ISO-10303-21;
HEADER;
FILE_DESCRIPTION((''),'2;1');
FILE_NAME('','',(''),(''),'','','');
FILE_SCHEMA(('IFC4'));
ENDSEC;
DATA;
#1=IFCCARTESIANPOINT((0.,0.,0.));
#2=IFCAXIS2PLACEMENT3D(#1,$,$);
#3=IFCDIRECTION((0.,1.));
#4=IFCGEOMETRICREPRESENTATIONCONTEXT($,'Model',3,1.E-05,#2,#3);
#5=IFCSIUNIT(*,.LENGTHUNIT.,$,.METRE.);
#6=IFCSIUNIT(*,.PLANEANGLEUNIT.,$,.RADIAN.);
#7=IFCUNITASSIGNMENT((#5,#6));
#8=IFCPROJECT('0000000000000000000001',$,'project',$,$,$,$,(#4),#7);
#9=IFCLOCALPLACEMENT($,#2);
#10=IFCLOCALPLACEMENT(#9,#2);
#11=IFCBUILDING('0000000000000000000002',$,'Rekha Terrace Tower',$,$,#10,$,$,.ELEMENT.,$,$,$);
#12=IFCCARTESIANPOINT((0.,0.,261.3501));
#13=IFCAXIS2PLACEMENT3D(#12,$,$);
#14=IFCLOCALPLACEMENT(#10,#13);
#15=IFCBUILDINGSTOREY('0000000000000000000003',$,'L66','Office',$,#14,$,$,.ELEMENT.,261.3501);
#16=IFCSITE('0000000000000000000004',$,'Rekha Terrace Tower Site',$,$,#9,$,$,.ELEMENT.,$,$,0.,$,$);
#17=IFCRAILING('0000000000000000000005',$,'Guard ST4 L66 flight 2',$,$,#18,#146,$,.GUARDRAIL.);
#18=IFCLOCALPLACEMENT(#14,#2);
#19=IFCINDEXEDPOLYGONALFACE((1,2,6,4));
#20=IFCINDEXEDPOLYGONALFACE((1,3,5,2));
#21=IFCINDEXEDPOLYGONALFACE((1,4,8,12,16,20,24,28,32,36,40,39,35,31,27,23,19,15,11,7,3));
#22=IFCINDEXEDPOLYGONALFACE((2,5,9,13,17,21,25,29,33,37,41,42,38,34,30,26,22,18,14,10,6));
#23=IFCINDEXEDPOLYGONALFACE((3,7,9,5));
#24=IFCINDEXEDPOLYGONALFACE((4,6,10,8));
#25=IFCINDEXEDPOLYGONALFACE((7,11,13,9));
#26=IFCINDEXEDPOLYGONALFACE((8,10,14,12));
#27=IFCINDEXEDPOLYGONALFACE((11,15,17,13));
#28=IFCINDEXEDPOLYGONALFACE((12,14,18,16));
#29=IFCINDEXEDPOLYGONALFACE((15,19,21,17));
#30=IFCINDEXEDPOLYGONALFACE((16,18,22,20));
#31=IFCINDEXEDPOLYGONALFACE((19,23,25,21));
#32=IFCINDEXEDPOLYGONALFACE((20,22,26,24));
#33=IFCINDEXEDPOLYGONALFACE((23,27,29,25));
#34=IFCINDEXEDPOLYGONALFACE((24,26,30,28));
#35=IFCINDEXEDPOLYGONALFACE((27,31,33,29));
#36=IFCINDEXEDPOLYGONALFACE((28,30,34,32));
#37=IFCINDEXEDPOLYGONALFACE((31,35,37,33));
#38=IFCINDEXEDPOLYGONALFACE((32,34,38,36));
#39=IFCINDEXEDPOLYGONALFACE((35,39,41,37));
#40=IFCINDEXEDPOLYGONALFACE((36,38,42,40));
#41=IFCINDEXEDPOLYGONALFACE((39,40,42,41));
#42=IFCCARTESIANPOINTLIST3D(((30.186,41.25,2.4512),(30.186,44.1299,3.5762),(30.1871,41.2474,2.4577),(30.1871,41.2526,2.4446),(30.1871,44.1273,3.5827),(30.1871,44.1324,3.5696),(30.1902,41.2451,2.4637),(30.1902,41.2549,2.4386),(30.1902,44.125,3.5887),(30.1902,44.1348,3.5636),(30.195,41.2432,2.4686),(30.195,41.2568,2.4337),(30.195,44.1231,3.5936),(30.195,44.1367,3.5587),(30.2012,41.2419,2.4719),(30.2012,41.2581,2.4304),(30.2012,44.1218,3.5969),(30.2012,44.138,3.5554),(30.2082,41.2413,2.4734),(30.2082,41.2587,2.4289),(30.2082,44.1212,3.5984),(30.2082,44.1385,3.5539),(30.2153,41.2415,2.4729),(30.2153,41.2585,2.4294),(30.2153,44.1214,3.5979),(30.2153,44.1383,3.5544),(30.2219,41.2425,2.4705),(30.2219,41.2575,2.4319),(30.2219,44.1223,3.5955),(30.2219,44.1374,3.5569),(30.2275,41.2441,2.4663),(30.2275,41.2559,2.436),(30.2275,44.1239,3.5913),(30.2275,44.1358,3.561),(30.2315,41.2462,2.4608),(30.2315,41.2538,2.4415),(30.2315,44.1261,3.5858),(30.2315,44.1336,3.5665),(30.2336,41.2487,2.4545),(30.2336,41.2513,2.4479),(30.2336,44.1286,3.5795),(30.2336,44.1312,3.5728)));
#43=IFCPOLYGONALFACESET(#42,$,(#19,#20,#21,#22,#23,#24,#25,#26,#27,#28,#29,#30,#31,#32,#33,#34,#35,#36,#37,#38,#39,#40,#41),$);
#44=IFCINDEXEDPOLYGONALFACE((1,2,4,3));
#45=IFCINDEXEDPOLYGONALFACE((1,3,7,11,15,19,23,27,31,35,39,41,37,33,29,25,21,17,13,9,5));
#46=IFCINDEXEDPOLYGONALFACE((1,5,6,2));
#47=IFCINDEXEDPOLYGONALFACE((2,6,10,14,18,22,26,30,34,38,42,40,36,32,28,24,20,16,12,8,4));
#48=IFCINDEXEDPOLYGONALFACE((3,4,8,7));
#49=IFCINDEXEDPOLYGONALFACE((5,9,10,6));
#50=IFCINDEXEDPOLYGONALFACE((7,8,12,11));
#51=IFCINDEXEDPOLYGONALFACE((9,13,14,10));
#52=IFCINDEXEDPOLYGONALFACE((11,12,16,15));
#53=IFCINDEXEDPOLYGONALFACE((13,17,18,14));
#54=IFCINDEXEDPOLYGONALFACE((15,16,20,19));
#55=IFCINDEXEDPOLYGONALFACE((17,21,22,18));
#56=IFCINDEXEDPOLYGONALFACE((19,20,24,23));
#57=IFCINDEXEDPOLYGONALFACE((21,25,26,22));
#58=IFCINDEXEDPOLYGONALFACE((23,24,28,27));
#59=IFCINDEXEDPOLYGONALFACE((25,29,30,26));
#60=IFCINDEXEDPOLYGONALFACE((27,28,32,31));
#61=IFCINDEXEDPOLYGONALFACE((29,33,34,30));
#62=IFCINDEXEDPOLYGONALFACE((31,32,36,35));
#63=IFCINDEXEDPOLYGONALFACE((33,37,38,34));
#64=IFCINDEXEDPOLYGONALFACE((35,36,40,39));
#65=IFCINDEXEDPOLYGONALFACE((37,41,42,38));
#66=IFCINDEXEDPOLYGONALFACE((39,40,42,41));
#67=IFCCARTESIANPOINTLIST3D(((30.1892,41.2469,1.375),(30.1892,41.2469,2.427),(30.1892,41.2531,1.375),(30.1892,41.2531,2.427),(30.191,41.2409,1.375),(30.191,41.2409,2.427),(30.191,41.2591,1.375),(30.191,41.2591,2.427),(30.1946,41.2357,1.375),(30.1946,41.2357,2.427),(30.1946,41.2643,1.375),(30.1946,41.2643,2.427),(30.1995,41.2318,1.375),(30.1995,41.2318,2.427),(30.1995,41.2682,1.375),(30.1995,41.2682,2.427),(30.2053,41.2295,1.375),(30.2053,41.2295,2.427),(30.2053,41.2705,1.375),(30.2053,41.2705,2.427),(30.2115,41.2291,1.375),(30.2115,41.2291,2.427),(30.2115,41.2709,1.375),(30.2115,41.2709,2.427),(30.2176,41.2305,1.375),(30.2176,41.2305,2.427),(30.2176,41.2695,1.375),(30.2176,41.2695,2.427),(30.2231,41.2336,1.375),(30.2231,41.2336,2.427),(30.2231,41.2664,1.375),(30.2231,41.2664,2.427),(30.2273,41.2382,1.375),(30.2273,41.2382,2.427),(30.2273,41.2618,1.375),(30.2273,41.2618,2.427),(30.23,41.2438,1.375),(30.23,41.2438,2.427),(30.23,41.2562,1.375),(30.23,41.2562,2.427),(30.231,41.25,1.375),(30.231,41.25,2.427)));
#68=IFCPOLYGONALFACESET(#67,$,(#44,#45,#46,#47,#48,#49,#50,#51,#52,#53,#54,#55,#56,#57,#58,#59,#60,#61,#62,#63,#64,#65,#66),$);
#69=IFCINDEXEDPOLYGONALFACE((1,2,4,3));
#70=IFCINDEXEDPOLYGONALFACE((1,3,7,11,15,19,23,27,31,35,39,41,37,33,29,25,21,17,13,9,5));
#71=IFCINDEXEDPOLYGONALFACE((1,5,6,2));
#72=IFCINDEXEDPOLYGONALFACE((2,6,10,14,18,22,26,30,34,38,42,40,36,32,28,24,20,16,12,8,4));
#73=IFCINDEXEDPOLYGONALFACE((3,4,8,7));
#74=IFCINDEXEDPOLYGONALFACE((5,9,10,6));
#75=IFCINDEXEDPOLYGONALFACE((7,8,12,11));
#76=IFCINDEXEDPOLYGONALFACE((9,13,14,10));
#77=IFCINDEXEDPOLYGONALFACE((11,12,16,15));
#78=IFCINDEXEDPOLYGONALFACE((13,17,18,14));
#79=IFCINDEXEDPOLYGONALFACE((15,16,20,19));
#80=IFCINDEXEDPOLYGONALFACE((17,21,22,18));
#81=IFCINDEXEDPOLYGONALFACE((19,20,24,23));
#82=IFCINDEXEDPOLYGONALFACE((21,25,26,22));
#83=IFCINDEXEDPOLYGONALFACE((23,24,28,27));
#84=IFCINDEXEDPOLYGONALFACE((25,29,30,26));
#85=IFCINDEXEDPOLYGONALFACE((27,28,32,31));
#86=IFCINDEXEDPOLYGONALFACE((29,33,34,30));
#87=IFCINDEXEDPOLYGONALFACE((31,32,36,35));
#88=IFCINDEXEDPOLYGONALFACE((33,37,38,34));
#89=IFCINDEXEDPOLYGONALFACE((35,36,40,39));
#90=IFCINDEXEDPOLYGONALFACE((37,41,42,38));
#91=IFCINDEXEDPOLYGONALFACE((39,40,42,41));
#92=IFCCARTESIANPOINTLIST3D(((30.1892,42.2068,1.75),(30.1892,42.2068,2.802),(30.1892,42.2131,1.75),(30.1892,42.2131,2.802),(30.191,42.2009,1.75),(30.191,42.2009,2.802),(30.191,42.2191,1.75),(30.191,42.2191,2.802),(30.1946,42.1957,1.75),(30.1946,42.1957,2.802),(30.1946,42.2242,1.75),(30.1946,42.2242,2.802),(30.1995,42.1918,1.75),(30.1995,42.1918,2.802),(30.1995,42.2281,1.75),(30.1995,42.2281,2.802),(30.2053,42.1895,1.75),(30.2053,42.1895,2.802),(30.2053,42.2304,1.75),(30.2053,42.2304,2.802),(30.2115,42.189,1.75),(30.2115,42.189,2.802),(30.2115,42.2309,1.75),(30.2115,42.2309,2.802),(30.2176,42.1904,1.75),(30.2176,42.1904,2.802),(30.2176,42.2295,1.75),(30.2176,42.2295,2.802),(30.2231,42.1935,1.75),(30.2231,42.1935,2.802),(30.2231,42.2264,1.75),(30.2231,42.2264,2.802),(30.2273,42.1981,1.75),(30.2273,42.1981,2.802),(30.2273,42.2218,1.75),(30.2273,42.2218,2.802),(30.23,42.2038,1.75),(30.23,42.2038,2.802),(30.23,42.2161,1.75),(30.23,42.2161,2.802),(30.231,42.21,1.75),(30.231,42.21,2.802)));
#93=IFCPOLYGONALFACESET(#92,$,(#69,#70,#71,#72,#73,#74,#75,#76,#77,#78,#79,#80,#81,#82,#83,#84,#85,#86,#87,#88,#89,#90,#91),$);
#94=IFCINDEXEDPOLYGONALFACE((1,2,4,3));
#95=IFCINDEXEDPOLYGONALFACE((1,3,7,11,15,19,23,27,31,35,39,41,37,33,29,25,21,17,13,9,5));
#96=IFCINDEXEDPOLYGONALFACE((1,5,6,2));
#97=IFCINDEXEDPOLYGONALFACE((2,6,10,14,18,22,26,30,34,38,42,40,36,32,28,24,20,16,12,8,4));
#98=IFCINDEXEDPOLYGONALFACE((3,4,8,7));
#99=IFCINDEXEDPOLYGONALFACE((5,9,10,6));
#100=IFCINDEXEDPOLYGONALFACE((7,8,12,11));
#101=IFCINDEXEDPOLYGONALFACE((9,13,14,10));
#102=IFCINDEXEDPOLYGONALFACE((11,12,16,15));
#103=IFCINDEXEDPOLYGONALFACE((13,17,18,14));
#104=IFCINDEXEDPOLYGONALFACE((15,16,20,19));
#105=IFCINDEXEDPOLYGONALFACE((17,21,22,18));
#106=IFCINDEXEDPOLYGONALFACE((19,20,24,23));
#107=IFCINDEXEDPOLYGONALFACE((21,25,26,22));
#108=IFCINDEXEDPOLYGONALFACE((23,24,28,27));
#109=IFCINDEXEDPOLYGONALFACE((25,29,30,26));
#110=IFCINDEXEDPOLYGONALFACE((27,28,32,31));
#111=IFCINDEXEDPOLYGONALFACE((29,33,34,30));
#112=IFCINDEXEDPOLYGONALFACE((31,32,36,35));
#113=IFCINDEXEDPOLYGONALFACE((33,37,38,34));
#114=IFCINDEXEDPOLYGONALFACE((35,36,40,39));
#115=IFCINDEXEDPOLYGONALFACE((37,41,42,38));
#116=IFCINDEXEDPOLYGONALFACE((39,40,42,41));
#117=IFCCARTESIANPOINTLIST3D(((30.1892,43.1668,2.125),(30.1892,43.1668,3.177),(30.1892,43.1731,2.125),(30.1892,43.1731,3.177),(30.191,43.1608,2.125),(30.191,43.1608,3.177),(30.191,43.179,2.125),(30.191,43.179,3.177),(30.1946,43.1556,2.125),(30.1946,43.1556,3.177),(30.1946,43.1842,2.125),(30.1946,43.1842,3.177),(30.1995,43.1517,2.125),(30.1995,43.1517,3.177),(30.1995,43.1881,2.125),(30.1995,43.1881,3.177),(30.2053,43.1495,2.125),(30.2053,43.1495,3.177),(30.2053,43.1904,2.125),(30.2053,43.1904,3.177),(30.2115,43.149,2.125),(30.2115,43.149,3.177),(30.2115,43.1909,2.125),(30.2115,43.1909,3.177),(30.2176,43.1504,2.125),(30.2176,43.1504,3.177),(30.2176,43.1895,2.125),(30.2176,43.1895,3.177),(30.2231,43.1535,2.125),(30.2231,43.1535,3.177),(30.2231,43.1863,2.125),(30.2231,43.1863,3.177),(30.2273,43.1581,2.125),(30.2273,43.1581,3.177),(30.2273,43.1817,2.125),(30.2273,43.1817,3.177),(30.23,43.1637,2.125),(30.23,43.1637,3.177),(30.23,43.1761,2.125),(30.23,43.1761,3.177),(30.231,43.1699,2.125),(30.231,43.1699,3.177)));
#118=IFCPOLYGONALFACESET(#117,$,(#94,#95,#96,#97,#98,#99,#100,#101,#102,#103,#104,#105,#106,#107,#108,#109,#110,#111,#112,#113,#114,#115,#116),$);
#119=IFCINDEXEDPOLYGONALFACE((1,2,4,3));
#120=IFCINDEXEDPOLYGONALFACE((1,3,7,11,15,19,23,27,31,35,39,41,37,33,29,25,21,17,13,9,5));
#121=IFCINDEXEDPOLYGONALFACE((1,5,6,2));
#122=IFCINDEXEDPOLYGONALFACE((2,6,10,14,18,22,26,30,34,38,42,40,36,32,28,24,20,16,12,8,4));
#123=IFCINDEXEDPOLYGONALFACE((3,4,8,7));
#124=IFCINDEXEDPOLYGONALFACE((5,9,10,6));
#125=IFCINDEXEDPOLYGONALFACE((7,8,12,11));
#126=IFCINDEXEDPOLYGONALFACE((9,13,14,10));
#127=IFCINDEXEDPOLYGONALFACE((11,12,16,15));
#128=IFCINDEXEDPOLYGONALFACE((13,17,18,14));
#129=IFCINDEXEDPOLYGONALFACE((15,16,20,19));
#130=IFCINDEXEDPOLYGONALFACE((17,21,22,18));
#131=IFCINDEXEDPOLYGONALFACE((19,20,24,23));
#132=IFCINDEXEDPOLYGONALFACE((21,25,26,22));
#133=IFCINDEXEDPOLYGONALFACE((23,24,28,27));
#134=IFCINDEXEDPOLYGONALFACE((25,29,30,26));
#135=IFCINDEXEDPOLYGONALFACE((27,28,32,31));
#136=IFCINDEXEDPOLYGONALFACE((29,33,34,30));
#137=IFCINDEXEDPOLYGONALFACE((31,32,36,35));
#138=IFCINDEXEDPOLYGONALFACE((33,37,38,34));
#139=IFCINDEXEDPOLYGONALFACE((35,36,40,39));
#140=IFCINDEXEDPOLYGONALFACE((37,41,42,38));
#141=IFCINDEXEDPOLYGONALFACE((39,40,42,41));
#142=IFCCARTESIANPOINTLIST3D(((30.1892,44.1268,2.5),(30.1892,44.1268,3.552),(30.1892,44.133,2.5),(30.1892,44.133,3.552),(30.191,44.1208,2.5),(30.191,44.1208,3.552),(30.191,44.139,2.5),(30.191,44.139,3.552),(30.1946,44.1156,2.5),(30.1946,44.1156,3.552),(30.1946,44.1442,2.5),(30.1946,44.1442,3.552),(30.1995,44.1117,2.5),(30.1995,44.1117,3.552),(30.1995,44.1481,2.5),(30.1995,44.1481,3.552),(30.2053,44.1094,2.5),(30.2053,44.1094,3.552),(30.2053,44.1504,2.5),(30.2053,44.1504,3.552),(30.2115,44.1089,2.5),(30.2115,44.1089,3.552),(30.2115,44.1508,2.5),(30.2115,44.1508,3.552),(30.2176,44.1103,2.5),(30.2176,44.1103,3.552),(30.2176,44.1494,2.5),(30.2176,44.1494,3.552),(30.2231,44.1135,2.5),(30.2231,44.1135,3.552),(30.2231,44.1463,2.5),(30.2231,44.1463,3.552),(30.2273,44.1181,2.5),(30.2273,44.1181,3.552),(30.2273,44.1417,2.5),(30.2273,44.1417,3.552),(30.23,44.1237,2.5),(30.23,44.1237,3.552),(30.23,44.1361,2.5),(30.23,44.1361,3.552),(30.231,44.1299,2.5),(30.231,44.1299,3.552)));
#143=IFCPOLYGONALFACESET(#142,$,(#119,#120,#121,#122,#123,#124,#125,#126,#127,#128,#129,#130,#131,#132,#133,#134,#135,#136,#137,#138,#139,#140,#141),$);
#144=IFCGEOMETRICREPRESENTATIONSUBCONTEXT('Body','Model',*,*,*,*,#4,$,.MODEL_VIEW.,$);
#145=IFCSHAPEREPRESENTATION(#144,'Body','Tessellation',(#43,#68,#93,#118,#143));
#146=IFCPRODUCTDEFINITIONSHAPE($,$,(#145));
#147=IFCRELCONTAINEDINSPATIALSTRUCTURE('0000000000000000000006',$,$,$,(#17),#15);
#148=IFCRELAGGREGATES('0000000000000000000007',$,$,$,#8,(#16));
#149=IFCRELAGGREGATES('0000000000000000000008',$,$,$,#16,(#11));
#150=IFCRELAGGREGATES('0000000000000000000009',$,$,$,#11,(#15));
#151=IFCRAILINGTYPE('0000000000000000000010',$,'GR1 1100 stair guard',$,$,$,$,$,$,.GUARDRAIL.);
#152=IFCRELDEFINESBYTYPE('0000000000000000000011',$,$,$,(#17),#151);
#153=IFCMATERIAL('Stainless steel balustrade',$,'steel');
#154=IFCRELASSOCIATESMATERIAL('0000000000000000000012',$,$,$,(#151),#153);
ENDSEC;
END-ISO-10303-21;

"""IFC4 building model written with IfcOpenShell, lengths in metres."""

from ifc_helpers import new_model, si_unit, direction, frame, origin, origin_2d, place, context, subcontext, project, spatial, circle, extrude, material, type_object, element, save


model = new_model("IFC4")

# Units and contexts
model_context = context("Model", 3, precision=1e-05, world=origin(), true_north=direction((0.0, 1.0)))
body_context = subcontext(model_context, "Body", "Model", "MODEL_VIEW")
ifc_project = project(units=[si_unit("LENGTHUNIT", "METRE"), si_unit("PLANEANGLEUNIT", "RADIAN")], contexts=[model_context])

# Site, building, storey
site_placement = place(None, origin())
site = spatial("IfcSite", under=ifc_project, at=site_placement, Name="Rekha Terrace Tower Site", CompositionType="ELEMENT", RefElevation=0.0)
building_placement = place(site_placement, origin())
building = spatial("IfcBuilding", under=site, at=building_placement, Name="Rekha Terrace Tower", CompositionType="ELEMENT")
storey_placement = place(building_placement, frame((0.0, 0.0, 261.3501)))
storey = spatial("IfcBuildingStorey", under=building, at=storey_placement, Name="L66", Description="Office", CompositionType="ELEMENT", Elevation=261.3501)

# Railing
ifc_material_1 = material(Name="Stainless steel balustrade", Category="steel")
railing_type_1 = type_object("IfcRailingType", Name="GR1 1100 stair guard", PredefinedType="GUARDRAIL", material=ifc_material_1)
railing_1_placement = place(storey_placement, frame((30.21, 41.25, 1.375)))
element("IfcRailing", 1, at=railing_1_placement, inside=storey, type_object=railing_type_1, Name="Guard ST4 L66 flight 2", PredefinedType="GUARDRAIL", context=body_context, shape_type="SweptSolid", body=[
    extrude(circle(Radius=0.0239, at=origin_2d()), frame((0.0, 0.0, 1.0762), z_axis=(0.0, 0.931452, 0.363863), x_axis=(-1.0, 0.0, 0.0)), (0.0, 0.0, 1.0), 3.0918),
    extrude(circle(Radius=0.021, at=origin_2d()), origin(), (0.0, 0.0, 1.0), 1.052),
    extrude(circle(Radius=0.021, at=origin_2d()), frame((0.0, 0.96, 0.375)), (0.0, 0.0, 1.0), 1.052),
    extrude(circle(Radius=0.021, at=origin_2d()), frame((0.0, 1.9199, 0.75)), (0.0, 0.0, 1.0), 1.052),
    extrude(circle(Radius=0.021, at=origin_2d()), frame((0.0, 2.8799, 1.125)), (0.0, 0.0, 1.0), 1.052),
])

save(model, "model.ifc")
